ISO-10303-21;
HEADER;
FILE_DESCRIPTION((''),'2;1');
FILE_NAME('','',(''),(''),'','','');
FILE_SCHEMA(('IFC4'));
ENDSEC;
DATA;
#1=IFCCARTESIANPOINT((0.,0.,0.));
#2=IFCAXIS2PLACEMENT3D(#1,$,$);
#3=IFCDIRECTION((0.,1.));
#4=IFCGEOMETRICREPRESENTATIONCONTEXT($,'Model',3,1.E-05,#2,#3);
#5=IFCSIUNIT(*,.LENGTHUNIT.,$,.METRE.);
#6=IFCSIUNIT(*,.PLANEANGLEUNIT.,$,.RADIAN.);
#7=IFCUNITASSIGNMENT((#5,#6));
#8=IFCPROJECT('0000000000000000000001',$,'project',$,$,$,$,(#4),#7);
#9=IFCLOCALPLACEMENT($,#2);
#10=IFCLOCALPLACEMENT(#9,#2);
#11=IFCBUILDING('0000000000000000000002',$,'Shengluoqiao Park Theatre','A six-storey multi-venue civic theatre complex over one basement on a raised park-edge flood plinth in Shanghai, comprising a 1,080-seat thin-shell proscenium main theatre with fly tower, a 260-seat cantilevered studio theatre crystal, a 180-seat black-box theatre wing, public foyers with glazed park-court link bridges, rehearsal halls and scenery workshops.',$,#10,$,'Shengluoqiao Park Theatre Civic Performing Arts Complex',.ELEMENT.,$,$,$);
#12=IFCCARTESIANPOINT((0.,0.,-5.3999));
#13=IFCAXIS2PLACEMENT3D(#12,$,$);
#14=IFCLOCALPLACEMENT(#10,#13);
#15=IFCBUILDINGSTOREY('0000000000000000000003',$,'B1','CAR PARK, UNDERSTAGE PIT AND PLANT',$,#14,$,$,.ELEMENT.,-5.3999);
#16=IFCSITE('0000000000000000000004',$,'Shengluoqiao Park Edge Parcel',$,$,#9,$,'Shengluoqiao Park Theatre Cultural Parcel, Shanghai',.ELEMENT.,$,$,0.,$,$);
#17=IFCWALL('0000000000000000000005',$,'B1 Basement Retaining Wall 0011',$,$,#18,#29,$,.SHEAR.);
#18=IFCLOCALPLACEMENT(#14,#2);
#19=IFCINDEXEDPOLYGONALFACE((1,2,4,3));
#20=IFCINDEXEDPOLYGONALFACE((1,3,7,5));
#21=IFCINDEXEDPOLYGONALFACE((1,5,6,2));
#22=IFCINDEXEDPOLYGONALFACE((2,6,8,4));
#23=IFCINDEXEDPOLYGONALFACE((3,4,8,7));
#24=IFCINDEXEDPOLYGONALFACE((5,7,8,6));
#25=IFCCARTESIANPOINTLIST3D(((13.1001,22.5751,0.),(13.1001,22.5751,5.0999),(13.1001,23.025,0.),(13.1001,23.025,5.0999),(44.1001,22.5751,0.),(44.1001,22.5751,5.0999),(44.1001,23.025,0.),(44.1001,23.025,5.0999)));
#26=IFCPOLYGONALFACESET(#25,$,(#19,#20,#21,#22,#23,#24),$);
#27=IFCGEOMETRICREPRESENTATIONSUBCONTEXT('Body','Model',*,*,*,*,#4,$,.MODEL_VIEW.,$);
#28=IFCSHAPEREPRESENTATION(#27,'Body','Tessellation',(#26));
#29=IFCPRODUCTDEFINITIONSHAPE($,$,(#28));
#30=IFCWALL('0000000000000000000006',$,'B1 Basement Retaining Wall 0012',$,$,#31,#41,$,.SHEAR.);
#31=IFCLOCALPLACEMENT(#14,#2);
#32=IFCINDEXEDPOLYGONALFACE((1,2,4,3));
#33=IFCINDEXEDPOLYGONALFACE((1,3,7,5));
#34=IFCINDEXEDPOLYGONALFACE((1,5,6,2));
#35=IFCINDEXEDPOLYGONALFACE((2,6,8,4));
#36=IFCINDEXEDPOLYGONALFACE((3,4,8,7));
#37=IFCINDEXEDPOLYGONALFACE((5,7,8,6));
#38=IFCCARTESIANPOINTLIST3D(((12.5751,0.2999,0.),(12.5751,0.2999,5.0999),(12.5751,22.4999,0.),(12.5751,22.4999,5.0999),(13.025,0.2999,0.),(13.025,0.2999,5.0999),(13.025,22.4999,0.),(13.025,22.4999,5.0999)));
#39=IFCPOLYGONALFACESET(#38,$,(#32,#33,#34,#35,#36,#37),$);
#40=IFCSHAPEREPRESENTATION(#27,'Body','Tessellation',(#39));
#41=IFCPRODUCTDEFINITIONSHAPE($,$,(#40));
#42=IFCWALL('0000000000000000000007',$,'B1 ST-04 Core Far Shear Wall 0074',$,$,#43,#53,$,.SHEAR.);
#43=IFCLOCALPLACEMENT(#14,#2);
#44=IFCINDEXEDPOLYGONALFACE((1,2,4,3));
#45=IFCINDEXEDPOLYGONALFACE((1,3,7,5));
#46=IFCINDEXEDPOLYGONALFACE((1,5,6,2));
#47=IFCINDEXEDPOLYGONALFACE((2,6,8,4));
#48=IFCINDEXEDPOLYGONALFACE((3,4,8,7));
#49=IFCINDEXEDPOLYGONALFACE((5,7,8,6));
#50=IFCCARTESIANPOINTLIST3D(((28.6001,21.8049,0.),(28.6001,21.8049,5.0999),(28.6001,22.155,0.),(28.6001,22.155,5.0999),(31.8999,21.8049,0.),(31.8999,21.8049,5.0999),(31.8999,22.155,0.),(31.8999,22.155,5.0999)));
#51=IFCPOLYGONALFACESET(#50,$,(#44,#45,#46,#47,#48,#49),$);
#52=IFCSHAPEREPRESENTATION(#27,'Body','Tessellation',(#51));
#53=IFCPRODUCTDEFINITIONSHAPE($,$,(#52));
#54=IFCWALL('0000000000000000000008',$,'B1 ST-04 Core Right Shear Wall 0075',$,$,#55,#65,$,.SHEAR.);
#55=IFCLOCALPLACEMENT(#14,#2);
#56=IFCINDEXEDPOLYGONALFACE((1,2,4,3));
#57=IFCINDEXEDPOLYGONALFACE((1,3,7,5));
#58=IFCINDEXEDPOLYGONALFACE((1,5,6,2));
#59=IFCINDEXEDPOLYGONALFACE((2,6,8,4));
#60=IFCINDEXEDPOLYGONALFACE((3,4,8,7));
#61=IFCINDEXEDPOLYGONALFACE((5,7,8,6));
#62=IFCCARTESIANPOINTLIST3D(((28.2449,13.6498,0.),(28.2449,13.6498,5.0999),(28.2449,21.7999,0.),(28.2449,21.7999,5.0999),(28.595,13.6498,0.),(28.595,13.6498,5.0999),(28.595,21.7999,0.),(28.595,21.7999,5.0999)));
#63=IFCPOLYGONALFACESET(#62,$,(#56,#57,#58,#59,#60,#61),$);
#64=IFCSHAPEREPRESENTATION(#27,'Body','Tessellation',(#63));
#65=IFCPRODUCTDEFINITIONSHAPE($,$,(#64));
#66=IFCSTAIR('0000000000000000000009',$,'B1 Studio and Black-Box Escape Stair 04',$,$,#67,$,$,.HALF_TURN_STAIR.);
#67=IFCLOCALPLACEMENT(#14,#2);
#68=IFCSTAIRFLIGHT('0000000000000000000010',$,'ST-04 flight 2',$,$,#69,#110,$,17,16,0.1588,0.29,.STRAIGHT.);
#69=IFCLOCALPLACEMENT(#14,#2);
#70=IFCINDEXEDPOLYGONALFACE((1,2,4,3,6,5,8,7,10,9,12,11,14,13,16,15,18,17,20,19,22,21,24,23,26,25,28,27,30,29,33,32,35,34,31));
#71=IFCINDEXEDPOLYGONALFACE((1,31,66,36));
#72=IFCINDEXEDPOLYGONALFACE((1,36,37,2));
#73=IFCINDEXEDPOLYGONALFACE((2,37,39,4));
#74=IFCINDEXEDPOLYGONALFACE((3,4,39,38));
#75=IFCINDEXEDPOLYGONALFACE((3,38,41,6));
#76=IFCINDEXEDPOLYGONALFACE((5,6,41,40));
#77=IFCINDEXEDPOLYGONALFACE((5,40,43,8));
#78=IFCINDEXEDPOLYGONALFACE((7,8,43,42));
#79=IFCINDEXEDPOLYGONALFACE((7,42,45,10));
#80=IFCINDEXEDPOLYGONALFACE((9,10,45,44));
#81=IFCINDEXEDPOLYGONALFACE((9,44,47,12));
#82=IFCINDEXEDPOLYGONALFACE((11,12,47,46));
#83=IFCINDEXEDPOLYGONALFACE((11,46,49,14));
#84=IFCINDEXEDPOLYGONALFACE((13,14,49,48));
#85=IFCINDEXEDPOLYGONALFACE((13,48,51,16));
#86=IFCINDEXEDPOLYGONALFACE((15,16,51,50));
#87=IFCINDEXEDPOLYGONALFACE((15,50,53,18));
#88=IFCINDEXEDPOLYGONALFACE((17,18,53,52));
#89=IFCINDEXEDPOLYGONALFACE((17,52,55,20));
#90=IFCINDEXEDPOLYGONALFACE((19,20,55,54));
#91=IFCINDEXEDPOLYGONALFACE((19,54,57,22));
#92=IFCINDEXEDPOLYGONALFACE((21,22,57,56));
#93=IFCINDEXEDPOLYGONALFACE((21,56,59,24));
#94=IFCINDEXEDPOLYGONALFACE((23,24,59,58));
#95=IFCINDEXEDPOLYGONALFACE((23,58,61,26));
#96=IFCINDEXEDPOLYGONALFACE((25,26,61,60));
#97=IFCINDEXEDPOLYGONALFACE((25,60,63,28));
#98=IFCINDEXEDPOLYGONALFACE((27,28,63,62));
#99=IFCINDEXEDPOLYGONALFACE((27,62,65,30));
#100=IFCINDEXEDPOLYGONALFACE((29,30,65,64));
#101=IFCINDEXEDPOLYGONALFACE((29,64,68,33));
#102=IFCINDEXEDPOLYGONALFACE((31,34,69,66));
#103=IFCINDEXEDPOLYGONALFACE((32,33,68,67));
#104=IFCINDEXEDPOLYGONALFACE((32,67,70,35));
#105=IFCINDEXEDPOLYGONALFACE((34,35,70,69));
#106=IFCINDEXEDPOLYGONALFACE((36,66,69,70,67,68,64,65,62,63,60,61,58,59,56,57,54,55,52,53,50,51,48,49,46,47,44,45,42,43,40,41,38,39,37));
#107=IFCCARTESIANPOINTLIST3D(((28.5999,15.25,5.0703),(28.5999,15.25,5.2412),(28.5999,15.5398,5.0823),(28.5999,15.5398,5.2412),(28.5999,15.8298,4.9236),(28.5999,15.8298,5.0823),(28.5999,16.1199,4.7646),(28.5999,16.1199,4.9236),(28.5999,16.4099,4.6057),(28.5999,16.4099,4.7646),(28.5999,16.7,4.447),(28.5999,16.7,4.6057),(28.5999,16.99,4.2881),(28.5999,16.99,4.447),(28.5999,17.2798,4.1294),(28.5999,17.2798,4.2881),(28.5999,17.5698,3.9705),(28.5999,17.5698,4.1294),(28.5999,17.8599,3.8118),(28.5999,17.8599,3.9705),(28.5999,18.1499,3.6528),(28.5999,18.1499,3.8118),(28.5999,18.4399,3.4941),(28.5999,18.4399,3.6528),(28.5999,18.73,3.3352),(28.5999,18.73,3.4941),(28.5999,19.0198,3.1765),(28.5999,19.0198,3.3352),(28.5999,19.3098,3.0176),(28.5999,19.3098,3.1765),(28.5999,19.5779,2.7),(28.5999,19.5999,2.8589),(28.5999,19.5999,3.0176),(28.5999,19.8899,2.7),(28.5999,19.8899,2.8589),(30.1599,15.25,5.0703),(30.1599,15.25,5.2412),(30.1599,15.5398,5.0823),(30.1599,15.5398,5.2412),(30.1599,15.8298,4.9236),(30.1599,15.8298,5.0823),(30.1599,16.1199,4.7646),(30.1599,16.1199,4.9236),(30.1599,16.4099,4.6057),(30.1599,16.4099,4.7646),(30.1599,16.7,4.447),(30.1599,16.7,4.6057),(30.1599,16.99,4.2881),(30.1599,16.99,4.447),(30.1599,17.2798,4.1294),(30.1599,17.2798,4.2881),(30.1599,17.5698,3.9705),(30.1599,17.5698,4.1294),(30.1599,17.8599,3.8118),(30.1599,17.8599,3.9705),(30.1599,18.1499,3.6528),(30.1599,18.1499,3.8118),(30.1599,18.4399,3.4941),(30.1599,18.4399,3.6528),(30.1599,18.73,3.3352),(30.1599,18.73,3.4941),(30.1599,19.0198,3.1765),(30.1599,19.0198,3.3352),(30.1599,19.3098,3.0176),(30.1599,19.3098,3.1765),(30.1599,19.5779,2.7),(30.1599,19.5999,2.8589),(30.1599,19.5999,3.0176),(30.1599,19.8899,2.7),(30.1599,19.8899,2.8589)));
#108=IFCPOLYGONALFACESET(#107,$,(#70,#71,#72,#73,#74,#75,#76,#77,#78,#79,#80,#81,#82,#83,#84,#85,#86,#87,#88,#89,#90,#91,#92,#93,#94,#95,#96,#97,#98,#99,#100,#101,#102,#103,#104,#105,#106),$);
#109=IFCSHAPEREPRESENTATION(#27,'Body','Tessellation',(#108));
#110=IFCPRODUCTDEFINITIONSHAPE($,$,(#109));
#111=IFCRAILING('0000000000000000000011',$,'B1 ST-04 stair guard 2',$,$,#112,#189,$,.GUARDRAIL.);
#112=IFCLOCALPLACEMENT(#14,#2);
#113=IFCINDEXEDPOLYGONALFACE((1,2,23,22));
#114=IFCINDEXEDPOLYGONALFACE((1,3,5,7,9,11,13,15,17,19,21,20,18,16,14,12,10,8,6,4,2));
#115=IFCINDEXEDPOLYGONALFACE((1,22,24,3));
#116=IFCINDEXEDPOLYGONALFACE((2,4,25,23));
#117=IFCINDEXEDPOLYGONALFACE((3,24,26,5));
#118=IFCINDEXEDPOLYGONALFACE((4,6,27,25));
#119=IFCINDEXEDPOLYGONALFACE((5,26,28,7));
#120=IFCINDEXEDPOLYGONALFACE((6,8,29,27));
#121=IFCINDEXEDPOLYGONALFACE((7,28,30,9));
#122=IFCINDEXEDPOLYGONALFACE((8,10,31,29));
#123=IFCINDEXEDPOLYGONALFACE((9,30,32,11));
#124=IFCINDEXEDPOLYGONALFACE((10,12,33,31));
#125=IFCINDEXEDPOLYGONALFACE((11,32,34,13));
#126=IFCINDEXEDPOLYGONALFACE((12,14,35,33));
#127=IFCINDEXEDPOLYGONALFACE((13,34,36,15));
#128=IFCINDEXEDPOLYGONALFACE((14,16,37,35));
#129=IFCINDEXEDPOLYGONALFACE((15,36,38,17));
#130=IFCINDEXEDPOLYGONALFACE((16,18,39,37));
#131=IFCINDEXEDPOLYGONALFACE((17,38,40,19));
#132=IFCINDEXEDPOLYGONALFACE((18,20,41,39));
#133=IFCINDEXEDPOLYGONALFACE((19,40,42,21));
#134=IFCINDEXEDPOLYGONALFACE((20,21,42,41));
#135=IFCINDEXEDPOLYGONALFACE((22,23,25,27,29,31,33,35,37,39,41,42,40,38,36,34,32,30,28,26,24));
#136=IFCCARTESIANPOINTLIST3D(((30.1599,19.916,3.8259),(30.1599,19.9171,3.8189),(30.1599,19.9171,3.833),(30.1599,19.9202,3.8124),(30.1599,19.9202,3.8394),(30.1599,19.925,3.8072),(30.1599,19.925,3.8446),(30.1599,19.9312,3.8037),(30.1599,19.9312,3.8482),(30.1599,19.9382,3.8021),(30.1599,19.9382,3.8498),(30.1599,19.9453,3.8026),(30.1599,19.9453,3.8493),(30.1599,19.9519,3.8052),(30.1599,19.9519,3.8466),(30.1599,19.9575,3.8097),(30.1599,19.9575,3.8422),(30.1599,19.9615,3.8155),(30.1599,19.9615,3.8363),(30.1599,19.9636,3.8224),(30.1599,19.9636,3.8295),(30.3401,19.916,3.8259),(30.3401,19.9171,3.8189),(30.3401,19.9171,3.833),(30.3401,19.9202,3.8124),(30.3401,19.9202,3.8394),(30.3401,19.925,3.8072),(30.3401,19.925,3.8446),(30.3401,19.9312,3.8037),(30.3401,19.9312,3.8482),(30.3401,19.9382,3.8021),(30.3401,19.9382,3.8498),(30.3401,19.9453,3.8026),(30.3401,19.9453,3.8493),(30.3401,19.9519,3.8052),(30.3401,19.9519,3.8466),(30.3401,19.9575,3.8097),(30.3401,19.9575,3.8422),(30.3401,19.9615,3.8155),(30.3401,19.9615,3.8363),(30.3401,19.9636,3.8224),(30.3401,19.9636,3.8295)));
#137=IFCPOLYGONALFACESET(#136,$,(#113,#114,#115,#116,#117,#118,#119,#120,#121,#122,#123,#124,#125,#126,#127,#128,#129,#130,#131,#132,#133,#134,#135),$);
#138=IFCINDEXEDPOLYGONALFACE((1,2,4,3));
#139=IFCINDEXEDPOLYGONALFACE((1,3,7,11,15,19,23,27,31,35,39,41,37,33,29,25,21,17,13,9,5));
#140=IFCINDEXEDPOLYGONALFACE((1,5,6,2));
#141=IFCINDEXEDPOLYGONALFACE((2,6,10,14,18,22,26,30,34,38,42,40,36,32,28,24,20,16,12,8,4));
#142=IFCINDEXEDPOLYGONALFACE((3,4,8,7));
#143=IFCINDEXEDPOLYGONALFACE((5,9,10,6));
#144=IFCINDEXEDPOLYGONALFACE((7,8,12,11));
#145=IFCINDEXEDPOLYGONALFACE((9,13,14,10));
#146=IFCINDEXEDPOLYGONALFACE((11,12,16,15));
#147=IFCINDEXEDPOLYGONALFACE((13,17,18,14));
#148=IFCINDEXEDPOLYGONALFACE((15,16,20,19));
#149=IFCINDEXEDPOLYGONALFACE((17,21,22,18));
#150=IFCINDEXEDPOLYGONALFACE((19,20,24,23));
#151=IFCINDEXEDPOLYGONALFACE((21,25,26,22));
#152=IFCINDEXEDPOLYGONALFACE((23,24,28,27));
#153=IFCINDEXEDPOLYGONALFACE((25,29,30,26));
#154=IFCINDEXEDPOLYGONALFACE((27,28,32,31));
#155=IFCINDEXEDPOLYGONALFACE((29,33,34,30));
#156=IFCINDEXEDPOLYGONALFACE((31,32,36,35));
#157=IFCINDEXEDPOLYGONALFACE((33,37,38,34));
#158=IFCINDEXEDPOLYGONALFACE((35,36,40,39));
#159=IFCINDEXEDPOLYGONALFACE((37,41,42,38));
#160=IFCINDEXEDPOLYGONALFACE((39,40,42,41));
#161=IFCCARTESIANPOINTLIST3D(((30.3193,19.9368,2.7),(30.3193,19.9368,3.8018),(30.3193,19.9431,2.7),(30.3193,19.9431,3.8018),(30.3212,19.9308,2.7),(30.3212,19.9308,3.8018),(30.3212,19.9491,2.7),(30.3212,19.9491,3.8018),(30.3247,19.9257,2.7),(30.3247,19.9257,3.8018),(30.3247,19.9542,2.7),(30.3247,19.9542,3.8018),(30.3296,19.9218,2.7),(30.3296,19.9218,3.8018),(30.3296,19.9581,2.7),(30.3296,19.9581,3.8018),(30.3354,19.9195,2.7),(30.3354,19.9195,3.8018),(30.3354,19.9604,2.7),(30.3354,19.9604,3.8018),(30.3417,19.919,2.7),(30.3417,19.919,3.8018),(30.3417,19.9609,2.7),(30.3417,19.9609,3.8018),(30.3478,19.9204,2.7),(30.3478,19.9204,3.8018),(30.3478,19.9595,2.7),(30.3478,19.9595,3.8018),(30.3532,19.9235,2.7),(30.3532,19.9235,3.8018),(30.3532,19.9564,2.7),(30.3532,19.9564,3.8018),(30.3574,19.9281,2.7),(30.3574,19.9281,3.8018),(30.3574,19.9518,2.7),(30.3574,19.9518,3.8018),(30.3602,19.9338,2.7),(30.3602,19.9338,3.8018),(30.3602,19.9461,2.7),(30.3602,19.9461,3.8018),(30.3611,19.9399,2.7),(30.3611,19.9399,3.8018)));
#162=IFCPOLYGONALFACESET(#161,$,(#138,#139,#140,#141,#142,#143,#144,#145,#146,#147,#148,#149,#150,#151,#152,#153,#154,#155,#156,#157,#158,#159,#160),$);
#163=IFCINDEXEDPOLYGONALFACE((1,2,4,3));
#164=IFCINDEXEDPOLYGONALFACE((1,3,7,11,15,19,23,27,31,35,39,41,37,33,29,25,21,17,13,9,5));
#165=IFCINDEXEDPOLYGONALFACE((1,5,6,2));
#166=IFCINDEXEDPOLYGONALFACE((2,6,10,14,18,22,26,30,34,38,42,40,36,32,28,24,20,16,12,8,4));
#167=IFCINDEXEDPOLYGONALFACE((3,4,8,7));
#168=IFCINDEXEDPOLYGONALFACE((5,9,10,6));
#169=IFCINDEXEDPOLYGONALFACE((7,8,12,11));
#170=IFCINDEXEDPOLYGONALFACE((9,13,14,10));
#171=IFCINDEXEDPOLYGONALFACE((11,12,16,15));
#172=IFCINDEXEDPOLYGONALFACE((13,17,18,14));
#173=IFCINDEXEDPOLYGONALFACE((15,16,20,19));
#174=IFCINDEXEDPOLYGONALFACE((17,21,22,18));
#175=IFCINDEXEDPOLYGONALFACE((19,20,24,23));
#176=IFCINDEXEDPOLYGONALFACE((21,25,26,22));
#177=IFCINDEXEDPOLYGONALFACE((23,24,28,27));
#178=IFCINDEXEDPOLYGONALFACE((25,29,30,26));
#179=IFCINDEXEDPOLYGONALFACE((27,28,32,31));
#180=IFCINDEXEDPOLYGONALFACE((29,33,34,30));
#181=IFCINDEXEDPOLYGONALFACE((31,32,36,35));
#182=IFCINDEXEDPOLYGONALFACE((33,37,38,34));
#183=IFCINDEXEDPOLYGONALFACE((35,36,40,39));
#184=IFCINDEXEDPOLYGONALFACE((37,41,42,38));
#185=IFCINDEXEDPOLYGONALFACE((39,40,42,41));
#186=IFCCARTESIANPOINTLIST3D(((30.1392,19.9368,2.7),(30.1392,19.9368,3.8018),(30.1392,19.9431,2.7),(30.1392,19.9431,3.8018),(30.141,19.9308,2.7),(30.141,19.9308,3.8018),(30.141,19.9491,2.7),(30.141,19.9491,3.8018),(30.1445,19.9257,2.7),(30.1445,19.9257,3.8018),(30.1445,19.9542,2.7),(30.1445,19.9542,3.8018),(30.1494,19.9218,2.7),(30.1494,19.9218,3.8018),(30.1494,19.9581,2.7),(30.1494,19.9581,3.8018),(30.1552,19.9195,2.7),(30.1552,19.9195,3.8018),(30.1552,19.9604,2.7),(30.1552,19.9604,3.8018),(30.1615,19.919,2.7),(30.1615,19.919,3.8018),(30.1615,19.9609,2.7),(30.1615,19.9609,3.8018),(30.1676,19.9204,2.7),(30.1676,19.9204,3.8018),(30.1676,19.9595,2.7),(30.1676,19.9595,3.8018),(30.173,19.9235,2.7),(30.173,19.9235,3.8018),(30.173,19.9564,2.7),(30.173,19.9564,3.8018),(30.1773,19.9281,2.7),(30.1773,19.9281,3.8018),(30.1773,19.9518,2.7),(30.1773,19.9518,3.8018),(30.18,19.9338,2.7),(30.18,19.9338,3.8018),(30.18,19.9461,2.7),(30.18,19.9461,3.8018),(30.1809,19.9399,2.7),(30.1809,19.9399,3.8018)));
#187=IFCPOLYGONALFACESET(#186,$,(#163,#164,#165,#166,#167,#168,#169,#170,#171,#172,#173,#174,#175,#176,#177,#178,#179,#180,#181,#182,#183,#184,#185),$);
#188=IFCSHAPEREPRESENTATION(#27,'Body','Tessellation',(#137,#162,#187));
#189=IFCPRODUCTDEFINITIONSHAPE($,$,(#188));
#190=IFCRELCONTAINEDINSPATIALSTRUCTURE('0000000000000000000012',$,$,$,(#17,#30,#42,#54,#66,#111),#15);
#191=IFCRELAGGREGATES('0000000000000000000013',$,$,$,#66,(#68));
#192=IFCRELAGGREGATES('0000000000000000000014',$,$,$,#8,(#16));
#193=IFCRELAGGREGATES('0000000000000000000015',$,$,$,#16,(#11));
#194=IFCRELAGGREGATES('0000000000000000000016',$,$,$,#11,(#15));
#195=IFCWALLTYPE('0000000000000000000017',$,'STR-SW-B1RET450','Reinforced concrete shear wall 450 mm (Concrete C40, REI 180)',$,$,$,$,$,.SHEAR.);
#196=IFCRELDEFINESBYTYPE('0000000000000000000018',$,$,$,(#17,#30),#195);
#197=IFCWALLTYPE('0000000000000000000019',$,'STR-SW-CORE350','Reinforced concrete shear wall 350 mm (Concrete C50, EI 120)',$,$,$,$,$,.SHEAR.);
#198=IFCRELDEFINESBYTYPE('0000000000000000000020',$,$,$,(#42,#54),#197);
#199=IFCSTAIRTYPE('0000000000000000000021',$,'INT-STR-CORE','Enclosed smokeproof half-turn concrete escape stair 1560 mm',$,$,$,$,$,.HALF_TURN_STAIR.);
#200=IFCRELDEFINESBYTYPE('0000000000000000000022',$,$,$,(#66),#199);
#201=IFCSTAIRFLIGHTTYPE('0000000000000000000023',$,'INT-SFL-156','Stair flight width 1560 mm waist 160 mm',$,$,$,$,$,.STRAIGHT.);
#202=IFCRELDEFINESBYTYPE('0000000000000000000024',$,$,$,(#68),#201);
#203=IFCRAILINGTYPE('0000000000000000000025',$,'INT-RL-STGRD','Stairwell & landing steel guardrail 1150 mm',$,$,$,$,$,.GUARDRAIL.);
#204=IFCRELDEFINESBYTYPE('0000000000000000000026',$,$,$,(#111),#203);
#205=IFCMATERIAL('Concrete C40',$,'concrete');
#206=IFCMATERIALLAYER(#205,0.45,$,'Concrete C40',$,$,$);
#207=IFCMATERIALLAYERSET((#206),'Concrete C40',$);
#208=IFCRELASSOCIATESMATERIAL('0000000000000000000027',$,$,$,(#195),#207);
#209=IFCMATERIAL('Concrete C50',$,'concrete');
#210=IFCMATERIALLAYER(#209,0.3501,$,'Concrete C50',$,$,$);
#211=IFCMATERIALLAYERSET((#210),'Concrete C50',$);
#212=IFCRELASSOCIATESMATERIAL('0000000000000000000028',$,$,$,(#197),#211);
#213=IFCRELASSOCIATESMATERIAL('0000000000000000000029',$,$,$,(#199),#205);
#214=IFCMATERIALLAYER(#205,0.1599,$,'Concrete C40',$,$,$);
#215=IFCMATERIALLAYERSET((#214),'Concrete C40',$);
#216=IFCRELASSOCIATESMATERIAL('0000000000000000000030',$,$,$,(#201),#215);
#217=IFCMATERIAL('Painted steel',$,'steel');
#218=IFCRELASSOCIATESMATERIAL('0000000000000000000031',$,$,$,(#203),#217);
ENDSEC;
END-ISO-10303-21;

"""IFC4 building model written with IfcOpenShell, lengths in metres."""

from ifc_helpers import new_model, si_unit, direction, frame, frame_2d, origin, origin_2d, place, context, subcontext, project, spatial, polyline, rectangle, circle, outline, extrude, material, layer, layer_set, type_object, element, aggregate, save


model = new_model("IFC4")

# Units and contexts
model_context = context("Model", 3, precision=1e-05, world=origin(), true_north=direction((0.0, 1.0)))
body_context = subcontext(model_context, "Body", "Model", "MODEL_VIEW")
ifc_project = project(units=[si_unit("LENGTHUNIT", "METRE"), si_unit("PLANEANGLEUNIT", "RADIAN")], contexts=[model_context])

# Site, building, storey
site_placement = place(None, origin())
site = spatial("IfcSite", under=ifc_project, at=site_placement, Name="Shengluoqiao Park Edge Parcel", LongName="Shengluoqiao Park Theatre Cultural Parcel, Shanghai", CompositionType="ELEMENT", RefElevation=0.0)
building_placement = place(site_placement, origin())
building = spatial("IfcBuilding", under=site, at=building_placement, Name="Shengluoqiao Park Theatre", Description="A six-storey multi-venue civic theatre complex over one basement on a raised park-edge flood plinth in Shanghai, comprising a 1,080-seat thin-shell proscenium main theatre with fly tower, a 260-seat cantilevered studio theatre crystal, a 180-seat black-box theatre wing, public foyers with glazed park-court link bridges, rehearsal halls and scenery workshops.", LongName="Shengluoqiao Park Theatre Civic Performing Arts Complex", CompositionType="ELEMENT")
storey_placement = place(building_placement, frame((0.0, 0.0, -5.3999)))
storey = spatial("IfcBuildingStorey", under=building, at=storey_placement, Name="B1", Description="CAR PARK, UNDERSTAGE PIT AND PLANT", CompositionType="ELEMENT", Elevation=-5.3999)

# Shared definitions
ifc_material_1 = material(Name="Concrete C40", Category="concrete")

# Shared definitions
ifc_material_2 = material(Name="Concrete C50", Category="concrete")

# Walls
ifc_layer_1 = layer(ifc_material_1, 0.45, Name="Concrete C40")
ifc_layer_set_1 = layer_set([ifc_layer_1], Name="Concrete C40")
wall_type_1 = type_object("IfcWallType", Name="STR-SW-B1RET450", Description="Reinforced concrete shear wall 450 mm (Concrete C40, REI 180)", PredefinedType="SHEAR", material=ifc_layer_set_1)
wall_1_placement = place(storey_placement, frame((44.1001, 22.8, 0.0), z_axis=(0.0, 0.0, 1.0), x_axis=(-1.0, 0.0, 0.0)))
element("IfcWall", 1, at=wall_1_placement, inside=storey, type_object=wall_type_1, Name="B1 Basement Retaining Wall 0011", PredefinedType="SHEAR", context=body_context, shape_type="SweptSolid", body=[
    extrude(rectangle(XDim=31.0, YDim=0.45, at=frame_2d((15.5, 0.0))), origin(), (0.0, 0.0, 1.0), 5.0999),
])
wall_2_placement = place(storey_placement, frame((12.8, 22.5, 0.0), z_axis=(0.0, 0.0, 1.0), x_axis=(0.0, -1.0, 0.0)))
element("IfcWall", 2, at=wall_2_placement, inside=storey, type_object=wall_type_1, Name="B1 Basement Retaining Wall 0012", PredefinedType="SHEAR", context=body_context, shape_type="SweptSolid", body=[
    extrude(rectangle(XDim=22.2, YDim=0.45, at=frame_2d((11.1001, 0.0))), origin(), (0.0, 0.0, 1.0), 5.0999),
])
ifc_layer_2 = layer(ifc_material_2, 0.3501, Name="Concrete C50")
ifc_layer_set_2 = layer_set([ifc_layer_2], Name="Concrete C50")
wall_type_2 = type_object("IfcWallType", Name="STR-SW-CORE350", Description="Reinforced concrete shear wall 350 mm (Concrete C50, EI 120)", PredefinedType="SHEAR", material=ifc_layer_set_2)
wall_3_placement = place(storey_placement, frame((31.8999, 21.98, 0.0), z_axis=(0.0, 0.0, 1.0), x_axis=(-1.0, 0.0, 0.0)))
element("IfcWall", 3, at=wall_3_placement, inside=storey, type_object=wall_type_2, Name="B1 ST-04 Core Far Shear Wall 0074", PredefinedType="SHEAR", context=body_context, shape_type="SweptSolid", body=[
    extrude(rectangle(XDim=3.2998, YDim=0.3501, at=frame_2d((1.6499, 0.0))), origin(), (0.0, 0.0, 1.0), 5.0999),
])
wall_4_placement = place(storey_placement, frame((28.4199, 21.8, 0.0), z_axis=(0.0, 0.0, 1.0), x_axis=(0.0, -1.0, 0.0)))
element("IfcWall", 4, at=wall_4_placement, inside=storey, type_object=wall_type_2, Name="B1 ST-04 Core Right Shear Wall 0075", PredefinedType="SHEAR", context=body_context, shape_type="SweptSolid", body=[
    extrude(rectangle(XDim=8.1501, YDim=0.3501, at=frame_2d((4.0752, 0.0))), origin(), (0.0, 0.0, 1.0), 5.0999),
])

# Stair, stair flight
stair_type = type_object("IfcStairType", Name="INT-STR-CORE", Description="Enclosed smokeproof half-turn concrete escape stair 1560 mm", PredefinedType="HALF_TURN_STAIR", material=ifc_material_1)
stair_placement = place(storey_placement, origin())
stair = element("IfcStair", 5, at=stair_placement, inside=storey, type_object=stair_type, Name="B1 Studio and Black-Box Escape Stair 04", PredefinedType="HALF_TURN_STAIR")
ifc_layer_3 = layer(ifc_material_1, 0.1599, Name="Concrete C40")
ifc_layer_set_3 = layer_set([ifc_layer_3], Name="Concrete C40")
stair_flight_type = type_object("IfcStairFlightType", Name="INT-SFL-156", Description="Stair flight width 1560 mm waist 160 mm", PredefinedType="STRAIGHT", material=ifc_layer_set_3)
stair_flight_placement = place(storey_placement, frame((29.3799, 19.8899, 2.7), z_axis=(0.0, 0.0, 1.0), x_axis=(0.0, -1.0, 0.0)))
stair_flight = element("IfcStairFlight", 6, at=stair_flight_placement, type_object=stair_flight_type, Name="ST-04 flight 2", NumberOfRisers=17, NumberOfTreads=16, PredefinedType="STRAIGHT", RiserHeight=0.1588, TreadLength=0.29, context=body_context, shape_type="SweptSolid", body=[
    extrude(outline(polyline([(0.0, 0.0), (0.0, 0.1589), (0.29, 0.1589), (0.29, 0.3176), (0.5801, 0.3176), (0.5801, 0.4766), (0.8701, 0.4766), (0.8701, 0.6353), (1.1599, 0.6353), (1.1599, 0.7942), (1.45, 0.7942), (1.45, 0.9529), (1.74, 0.9529), (1.74, 1.1118), (2.03, 1.1118), (2.03, 1.2705), (2.3201, 1.2705), (2.3201, 1.4294), (2.6101, 1.4294), (2.6101, 1.5881), (2.8999, 1.5881), (2.8999, 1.7471), (3.1899, 1.7471), (3.1899, 1.9058), (3.48, 1.9058), (3.48, 2.0647), (3.77, 2.0647), (3.77, 2.2236), (4.0601, 2.2236), (4.0601, 2.3823), (4.3501, 2.3823), (4.3501, 2.5413), (4.6399, 2.5413), (4.6399, 2.7), (4.6399, 2.3704), (0.312, 0.0), (0.0, 0.0)])), frame((0.0, 0.78, 0.0), z_axis=(0.0, -1.0, 0.0), x_axis=(1.0, 0.0, 0.0)), (0.0, 0.0, 1.0), 1.5601),
])
aggregate(stair, [stair_flight])

# Railing
ifc_material_3 = material(Name="Painted steel", Category="steel")
railing_type = type_object("IfcRailingType", Name="INT-RL-STGRD", Description="Stairwell & landing steel guardrail 1150 mm", PredefinedType="GUARDRAIL", material=ifc_material_3)
railing_1_placement = place(storey_placement, frame((30.3401, 19.9399, 2.7)))
element("IfcRailing", 7, at=railing_1_placement, inside=storey, type_object=railing_type, Name="B1 ST-04 stair guard 2", PredefinedType="GUARDRAIL", context=body_context, shape_type="SweptSolid", body=[
    extrude(circle(Radius=0.0239, at=origin_2d()), frame((0.0, 0.0, 1.126), z_axis=(-1.0, 0.0, 0.0), x_axis=(0.0, -1.0, 0.0)), (0.0, 0.0, 1.0), 0.1802),
    extrude(circle(Radius=0.021, at=origin_2d()), origin(), (0.0, 0.0, 1.0), 1.1018),
    extrude(circle(Radius=0.021, at=origin_2d()), frame((-0.1802, 0.0, 0.0)), (0.0, 0.0, 1.0), 1.1018),
])

save(model, "model.ifc")
